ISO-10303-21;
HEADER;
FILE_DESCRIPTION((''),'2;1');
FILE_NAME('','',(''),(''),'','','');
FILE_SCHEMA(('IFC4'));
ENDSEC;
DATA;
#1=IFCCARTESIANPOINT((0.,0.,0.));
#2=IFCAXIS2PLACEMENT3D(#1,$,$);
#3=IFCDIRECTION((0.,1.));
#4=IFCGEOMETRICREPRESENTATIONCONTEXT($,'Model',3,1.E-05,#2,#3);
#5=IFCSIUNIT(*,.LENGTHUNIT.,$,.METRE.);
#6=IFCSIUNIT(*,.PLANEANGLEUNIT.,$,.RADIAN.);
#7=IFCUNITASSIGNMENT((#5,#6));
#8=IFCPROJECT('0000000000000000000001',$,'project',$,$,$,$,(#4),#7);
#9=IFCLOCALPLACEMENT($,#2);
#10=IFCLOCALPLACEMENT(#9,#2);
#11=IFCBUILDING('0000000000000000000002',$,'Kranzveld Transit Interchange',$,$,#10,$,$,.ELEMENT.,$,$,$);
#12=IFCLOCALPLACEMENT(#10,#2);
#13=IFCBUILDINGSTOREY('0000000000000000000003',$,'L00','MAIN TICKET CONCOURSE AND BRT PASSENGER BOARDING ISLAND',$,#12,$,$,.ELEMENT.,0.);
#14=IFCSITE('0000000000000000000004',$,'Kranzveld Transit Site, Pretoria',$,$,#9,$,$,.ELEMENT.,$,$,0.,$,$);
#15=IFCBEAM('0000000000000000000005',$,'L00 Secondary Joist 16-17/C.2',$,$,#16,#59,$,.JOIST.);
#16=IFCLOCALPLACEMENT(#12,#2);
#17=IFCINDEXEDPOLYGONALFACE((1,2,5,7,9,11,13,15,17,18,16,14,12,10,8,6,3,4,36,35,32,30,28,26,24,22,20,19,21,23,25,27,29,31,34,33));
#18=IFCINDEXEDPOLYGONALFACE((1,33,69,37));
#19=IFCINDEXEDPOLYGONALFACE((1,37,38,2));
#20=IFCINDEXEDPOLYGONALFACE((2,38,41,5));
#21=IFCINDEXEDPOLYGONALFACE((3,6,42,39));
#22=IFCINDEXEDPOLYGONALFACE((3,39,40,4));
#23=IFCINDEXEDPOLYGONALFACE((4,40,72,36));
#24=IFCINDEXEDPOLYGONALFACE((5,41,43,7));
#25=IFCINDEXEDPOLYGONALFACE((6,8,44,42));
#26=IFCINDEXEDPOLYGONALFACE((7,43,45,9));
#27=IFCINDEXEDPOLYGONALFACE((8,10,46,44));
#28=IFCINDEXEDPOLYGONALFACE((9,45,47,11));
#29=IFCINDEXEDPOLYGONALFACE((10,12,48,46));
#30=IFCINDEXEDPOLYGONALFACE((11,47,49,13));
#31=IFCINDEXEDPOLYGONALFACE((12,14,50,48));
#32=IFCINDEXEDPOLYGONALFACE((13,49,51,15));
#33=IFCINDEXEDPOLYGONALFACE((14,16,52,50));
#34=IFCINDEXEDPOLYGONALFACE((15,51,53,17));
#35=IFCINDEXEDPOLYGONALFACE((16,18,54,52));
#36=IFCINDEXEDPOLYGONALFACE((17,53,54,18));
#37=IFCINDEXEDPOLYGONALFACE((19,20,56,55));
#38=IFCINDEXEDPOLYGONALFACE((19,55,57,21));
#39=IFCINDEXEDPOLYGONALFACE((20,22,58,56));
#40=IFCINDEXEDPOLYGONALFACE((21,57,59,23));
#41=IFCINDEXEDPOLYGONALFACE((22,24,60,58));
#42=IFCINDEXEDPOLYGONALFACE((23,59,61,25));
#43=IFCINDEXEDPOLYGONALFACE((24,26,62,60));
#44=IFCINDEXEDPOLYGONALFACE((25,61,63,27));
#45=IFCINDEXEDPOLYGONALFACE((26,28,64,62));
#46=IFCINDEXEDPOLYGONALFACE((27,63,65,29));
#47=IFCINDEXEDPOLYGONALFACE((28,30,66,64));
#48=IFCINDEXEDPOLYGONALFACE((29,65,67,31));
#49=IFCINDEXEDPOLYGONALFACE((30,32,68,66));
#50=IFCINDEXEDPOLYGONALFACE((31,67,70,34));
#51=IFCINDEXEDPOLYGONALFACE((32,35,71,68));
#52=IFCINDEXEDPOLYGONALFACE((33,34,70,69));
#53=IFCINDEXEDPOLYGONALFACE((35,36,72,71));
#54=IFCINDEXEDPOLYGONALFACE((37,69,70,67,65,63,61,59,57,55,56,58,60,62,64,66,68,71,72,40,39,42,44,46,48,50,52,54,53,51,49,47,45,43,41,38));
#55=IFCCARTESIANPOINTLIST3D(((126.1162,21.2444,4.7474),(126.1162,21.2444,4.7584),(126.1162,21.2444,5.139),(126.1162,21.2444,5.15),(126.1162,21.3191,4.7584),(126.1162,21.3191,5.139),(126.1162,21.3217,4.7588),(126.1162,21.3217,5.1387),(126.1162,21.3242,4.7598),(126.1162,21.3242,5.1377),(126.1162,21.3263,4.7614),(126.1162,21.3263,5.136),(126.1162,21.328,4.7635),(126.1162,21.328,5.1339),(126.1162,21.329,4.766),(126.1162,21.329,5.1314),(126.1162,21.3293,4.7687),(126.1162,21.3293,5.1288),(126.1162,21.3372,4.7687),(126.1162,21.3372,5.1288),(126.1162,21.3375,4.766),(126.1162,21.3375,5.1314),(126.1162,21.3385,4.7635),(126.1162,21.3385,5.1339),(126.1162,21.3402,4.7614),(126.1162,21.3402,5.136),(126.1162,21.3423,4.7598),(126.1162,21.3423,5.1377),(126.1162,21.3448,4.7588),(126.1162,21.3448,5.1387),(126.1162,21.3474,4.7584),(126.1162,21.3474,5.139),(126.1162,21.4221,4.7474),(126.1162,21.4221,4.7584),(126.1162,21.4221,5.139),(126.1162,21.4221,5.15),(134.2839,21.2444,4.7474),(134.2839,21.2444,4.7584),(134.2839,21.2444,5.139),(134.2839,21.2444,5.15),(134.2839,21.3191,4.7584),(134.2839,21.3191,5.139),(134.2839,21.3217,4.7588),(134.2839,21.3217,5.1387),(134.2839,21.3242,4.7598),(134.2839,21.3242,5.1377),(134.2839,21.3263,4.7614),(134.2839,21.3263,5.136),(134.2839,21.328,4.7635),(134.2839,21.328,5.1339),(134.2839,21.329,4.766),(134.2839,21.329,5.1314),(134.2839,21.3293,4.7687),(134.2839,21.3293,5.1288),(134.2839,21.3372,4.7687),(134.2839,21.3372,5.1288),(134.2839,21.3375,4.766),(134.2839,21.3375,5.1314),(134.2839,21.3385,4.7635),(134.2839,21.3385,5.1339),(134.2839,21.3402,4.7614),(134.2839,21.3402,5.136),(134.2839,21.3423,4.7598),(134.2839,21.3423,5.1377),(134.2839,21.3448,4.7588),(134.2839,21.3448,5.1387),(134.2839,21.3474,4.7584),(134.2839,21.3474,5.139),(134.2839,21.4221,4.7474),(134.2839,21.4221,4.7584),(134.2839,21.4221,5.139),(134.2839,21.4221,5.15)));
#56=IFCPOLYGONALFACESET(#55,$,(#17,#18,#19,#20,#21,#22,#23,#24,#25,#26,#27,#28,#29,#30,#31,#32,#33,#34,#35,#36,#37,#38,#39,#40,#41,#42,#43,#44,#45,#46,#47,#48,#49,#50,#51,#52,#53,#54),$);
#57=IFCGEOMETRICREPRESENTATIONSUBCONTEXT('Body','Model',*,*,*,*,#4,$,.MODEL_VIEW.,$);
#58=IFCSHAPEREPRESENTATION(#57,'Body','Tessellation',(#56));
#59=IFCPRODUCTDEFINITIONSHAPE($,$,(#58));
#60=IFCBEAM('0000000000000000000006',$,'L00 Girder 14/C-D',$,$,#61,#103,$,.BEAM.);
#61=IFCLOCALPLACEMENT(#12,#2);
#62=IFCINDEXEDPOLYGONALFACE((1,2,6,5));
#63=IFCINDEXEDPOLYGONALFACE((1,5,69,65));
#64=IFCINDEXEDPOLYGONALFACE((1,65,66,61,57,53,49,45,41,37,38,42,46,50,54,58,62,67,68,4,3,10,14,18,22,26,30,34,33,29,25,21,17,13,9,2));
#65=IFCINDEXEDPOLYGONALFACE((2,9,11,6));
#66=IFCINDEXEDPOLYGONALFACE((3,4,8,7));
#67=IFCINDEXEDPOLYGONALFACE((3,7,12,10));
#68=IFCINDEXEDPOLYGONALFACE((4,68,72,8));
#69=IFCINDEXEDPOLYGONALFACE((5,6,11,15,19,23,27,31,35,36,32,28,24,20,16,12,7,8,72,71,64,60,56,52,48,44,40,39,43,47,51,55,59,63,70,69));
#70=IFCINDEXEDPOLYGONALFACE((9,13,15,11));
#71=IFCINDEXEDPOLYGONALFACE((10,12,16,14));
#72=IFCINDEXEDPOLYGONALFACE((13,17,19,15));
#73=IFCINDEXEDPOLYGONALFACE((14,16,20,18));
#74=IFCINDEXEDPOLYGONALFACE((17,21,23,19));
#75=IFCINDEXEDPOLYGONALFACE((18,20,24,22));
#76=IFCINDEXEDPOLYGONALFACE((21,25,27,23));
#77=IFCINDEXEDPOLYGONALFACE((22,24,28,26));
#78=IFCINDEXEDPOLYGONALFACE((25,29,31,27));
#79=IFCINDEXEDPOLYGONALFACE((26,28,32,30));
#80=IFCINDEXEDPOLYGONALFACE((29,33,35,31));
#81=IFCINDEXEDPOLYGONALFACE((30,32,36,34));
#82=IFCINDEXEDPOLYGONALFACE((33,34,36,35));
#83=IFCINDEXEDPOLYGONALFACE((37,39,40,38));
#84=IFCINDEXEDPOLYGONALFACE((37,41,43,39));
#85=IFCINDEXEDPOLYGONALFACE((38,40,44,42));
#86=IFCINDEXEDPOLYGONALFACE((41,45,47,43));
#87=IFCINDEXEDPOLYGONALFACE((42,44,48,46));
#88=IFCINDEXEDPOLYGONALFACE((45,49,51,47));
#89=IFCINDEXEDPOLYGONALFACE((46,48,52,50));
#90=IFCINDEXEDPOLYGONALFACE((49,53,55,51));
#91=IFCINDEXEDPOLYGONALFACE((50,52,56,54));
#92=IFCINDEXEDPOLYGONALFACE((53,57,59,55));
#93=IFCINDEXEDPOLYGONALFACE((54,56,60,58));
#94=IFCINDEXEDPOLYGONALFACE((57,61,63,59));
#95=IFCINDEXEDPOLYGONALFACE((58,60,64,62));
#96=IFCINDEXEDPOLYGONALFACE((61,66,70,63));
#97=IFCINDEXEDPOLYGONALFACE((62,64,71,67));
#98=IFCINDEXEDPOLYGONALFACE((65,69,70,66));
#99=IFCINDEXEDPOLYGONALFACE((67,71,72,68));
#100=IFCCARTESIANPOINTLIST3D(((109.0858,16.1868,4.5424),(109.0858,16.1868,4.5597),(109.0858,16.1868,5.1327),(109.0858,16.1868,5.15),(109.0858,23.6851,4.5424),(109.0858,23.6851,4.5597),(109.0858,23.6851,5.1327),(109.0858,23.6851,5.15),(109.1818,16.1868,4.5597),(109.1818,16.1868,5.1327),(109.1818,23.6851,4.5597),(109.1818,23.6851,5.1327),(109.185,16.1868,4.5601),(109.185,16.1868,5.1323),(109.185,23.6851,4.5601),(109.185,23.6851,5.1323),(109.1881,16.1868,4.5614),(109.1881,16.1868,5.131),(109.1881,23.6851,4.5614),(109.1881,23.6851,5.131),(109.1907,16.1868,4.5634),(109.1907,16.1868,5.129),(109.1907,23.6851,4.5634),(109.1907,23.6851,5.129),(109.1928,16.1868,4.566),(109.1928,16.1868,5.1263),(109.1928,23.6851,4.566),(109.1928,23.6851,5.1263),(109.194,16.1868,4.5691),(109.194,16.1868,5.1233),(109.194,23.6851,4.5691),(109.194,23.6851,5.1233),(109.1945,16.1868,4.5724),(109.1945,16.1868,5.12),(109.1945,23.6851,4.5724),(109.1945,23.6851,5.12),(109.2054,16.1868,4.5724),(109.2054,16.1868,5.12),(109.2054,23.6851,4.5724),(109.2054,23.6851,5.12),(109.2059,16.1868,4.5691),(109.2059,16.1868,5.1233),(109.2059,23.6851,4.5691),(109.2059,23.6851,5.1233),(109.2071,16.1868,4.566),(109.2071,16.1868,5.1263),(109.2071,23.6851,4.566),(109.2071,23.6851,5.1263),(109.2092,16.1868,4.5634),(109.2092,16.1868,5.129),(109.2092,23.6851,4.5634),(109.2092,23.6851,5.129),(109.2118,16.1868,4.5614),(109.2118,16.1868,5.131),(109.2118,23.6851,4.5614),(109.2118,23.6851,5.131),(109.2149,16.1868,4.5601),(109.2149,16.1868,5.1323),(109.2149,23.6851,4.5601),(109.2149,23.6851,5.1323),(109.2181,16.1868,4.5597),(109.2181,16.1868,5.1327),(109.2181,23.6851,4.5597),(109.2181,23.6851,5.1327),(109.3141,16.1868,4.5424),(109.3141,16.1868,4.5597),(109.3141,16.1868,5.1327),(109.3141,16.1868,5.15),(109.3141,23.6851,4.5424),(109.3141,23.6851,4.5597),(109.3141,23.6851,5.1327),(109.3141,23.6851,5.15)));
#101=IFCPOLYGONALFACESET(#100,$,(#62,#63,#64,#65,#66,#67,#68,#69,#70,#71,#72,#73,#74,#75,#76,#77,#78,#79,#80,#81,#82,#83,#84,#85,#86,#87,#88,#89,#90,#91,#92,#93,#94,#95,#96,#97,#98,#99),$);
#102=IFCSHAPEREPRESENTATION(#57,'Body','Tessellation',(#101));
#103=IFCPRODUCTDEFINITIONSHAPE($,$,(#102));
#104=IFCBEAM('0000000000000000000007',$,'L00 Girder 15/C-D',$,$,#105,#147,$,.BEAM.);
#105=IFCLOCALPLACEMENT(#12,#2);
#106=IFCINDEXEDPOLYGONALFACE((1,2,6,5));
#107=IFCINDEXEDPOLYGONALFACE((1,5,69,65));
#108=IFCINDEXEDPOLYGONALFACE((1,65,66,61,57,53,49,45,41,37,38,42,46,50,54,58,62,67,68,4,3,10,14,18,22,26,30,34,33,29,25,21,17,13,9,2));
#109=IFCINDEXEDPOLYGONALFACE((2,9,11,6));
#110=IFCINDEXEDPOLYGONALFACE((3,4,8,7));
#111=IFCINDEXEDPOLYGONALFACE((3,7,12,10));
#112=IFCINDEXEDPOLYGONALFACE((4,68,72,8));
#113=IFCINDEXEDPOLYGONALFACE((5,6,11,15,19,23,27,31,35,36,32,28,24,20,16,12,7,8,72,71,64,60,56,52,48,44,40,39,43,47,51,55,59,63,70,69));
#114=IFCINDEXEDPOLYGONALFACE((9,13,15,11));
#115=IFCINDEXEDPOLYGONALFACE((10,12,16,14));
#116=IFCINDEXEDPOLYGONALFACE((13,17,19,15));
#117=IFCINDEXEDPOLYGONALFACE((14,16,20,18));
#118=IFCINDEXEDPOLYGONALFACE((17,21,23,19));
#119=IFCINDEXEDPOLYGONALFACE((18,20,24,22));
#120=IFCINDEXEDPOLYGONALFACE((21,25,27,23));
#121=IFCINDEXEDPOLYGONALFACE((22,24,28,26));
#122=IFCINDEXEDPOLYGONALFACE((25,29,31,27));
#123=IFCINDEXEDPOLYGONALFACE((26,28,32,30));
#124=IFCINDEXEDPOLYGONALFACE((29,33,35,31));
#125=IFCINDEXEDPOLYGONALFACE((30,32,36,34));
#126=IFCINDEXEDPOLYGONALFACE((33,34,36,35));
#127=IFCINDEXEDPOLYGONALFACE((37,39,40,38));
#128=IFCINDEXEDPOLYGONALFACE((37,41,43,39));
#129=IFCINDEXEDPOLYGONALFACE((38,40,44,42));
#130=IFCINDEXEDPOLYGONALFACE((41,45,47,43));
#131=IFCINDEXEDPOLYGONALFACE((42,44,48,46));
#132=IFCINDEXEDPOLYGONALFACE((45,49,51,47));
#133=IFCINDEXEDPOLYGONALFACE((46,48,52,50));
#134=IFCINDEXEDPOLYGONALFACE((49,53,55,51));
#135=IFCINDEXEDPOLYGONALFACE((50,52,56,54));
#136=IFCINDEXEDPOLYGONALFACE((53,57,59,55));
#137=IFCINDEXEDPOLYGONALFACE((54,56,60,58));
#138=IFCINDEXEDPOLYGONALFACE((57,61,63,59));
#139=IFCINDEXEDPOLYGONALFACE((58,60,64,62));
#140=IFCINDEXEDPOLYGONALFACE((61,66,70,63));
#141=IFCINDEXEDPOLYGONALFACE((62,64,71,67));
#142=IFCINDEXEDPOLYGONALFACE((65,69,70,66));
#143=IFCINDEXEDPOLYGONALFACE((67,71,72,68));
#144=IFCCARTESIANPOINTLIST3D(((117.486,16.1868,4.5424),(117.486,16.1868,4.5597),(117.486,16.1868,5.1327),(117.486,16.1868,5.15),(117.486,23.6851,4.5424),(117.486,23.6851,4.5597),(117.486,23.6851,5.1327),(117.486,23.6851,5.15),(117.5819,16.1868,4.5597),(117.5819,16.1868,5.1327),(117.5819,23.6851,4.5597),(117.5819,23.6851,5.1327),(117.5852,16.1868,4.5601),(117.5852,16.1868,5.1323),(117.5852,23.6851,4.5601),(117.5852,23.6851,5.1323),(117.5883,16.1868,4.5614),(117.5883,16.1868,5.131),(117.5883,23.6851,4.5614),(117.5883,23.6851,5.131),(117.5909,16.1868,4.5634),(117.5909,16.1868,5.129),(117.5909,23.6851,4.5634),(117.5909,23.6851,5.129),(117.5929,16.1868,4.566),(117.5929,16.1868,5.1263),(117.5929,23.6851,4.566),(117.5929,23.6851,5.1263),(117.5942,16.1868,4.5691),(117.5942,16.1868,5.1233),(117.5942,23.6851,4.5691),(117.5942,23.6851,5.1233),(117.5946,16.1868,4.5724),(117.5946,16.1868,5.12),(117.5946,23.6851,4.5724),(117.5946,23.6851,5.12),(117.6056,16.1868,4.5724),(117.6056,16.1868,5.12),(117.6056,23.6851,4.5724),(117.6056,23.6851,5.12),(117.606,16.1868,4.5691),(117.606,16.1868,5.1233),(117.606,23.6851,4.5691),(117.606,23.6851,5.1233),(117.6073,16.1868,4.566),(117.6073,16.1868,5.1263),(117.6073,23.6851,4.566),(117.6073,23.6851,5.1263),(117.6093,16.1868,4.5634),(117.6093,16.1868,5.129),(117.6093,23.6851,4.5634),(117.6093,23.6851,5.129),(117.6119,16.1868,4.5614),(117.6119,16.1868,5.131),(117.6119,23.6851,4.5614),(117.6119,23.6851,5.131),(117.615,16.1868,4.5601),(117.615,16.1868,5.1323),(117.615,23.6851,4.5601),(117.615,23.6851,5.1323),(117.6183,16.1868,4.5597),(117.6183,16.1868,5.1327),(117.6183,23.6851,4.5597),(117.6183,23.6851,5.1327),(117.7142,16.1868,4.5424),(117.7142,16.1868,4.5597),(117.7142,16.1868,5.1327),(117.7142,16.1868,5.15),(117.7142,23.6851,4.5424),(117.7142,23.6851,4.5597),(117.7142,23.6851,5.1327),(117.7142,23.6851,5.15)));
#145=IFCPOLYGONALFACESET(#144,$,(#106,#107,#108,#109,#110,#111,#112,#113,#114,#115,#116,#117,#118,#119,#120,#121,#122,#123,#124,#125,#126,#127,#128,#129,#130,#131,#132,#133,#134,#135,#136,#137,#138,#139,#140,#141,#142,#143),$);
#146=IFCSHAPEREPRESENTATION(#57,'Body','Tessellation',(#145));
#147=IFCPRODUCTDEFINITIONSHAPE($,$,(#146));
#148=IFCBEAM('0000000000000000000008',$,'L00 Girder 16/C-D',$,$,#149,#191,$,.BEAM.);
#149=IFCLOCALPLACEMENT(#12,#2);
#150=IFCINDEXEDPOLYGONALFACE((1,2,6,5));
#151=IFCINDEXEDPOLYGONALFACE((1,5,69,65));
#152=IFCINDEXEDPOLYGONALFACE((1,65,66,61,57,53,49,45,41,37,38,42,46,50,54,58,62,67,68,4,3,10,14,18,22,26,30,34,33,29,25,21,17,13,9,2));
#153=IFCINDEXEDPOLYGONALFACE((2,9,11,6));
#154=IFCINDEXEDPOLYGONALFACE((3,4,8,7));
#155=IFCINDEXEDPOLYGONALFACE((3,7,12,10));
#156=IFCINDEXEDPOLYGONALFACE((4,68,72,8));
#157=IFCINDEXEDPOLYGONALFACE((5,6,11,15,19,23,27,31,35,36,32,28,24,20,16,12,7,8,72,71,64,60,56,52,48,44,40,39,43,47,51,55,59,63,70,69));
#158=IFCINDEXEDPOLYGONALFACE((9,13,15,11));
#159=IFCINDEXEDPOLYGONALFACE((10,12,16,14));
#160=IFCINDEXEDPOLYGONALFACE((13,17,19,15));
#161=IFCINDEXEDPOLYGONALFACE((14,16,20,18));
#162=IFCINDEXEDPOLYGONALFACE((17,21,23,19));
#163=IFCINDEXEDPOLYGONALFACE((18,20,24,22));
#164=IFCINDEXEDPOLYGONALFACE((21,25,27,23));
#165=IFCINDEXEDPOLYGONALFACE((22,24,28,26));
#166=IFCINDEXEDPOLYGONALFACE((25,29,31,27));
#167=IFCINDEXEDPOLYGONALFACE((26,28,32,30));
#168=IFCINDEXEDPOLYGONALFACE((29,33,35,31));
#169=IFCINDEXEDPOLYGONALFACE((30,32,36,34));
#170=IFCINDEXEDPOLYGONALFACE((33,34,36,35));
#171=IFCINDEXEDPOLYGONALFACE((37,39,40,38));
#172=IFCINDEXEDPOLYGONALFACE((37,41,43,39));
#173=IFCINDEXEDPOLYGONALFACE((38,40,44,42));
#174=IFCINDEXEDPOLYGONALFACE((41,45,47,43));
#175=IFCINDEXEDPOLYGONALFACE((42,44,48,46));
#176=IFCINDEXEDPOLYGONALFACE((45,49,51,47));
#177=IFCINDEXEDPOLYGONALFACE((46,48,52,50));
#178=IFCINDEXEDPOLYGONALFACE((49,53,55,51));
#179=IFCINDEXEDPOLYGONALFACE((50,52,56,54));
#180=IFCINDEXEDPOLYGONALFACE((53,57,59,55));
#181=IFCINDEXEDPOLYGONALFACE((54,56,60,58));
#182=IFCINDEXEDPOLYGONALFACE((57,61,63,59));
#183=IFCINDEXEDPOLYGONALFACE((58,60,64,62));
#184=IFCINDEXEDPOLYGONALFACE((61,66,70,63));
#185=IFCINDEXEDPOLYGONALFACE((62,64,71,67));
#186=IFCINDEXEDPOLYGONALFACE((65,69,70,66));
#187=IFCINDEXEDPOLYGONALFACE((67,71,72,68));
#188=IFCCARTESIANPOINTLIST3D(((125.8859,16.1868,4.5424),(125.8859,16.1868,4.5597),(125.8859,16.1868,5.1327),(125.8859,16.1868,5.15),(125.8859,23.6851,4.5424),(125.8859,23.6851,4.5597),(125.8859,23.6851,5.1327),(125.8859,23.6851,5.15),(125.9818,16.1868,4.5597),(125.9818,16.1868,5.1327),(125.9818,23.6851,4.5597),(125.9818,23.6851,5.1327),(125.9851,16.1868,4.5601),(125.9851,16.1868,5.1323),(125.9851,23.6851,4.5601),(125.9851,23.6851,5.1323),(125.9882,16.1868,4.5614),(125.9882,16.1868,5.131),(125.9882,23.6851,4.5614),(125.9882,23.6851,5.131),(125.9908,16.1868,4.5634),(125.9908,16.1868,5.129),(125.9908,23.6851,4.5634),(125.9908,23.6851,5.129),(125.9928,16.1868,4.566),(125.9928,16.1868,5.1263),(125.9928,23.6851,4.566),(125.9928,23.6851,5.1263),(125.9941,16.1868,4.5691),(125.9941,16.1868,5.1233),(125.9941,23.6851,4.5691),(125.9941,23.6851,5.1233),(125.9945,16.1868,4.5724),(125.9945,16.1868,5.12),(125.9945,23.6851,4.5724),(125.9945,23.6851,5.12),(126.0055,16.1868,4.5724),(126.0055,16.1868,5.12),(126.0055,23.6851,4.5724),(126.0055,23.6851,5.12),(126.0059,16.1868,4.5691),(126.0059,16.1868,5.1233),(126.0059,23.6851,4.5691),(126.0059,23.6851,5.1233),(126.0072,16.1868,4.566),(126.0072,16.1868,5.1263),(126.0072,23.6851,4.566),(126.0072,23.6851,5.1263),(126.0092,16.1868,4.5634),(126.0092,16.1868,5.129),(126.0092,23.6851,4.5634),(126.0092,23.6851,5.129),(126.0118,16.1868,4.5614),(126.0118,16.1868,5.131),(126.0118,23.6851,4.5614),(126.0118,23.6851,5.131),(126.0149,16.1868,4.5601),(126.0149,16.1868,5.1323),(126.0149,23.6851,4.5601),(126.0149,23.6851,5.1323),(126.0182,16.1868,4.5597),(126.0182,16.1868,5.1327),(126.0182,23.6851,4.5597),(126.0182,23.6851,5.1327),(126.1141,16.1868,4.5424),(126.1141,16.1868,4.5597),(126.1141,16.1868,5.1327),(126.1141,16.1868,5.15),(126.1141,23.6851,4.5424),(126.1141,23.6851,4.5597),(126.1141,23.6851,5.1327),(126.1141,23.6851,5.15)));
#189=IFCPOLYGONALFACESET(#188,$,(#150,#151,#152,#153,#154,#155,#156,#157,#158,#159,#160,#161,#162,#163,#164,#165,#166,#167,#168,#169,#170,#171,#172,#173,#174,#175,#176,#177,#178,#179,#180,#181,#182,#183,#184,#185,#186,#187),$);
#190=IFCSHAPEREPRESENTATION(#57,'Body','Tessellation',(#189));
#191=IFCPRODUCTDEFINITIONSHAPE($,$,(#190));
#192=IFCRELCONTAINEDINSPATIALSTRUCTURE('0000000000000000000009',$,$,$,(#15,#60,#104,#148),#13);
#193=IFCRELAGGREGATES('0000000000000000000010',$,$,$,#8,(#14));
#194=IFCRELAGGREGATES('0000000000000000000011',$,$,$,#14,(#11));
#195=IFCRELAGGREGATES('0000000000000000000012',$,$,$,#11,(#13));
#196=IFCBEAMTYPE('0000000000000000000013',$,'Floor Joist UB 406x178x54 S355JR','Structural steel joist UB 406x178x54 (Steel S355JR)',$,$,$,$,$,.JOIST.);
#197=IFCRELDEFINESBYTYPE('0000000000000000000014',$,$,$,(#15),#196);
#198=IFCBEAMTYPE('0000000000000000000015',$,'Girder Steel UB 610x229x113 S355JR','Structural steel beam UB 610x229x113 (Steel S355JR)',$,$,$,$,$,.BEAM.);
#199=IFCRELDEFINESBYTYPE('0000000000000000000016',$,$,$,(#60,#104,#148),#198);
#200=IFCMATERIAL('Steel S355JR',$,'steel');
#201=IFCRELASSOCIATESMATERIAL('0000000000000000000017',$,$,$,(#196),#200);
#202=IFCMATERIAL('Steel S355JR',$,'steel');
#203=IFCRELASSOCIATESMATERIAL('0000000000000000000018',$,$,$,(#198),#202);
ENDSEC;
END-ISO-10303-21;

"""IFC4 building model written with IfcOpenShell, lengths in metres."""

from ifc_helpers import new_model, si_unit, direction, frame, origin, origin_2d, place, context, subcontext, project, spatial, i_section, extrude, material, material_profile, profile_set, type_object, element, save


model = new_model("IFC4")

# Units and contexts
model_context = context("Model", 3, precision=1e-05, world=origin(), true_north=direction((0.0, 1.0)))
body_context = subcontext(model_context, "Body", "Model", "MODEL_VIEW")
ifc_project = project(units=[si_unit("LENGTHUNIT", "METRE"), si_unit("PLANEANGLEUNIT", "RADIAN")], contexts=[model_context])

# Site, building, storey
site_placement = place(None, origin())
site = spatial("IfcSite", under=ifc_project, at=site_placement, Name="Kranzveld Transit Site, Pretoria", CompositionType="ELEMENT", RefElevation=0.0)
building_placement = place(site_placement, origin())
building = spatial("IfcBuilding", under=site, at=building_placement, Name="Kranzveld Transit Interchange", CompositionType="ELEMENT")
storey_placement = place(building_placement, origin())
storey = spatial("IfcBuildingStorey", under=building, at=storey_placement, Name="L00", Description="MAIN TICKET CONCOURSE AND BRT PASSENGER BOARDING ISLAND", CompositionType="ELEMENT", Elevation=0.0)

# Beams
ifc_material_1 = material(Name="Steel S355JR", Category="steel")
ifc_material_profile_1 = material_profile(ifc_material_1, i_section(OverallWidth=0.1777, OverallDepth=0.4026, WebThickness=0.0078, FlangeThickness=0.011, FilletRadius=0.0103, at=origin_2d()), Name="UB 406x178x54")
ifc_profile_set_1 = profile_set([ifc_material_profile_1], Name="Steel S355JR")
beam_type_1 = type_object("IfcBeamType", Name="Floor Joist UB 406x178x54 S355JR", Description="Structural steel joist UB 406x178x54 (Steel S355JR)", PredefinedType="JOIST", material=ifc_profile_set_1)
for number, where, z_axis, x_axis, name in (
    (1, (126.1162, 21.3333, 4.9487), (1.0, 0.0, 0.0), (0.0, 1.0, 0.0), "L00 Secondary Joist 16-17/C.2"),
):
    element("IfcBeam", number, at=place(storey_placement, frame(where, z_axis=z_axis, x_axis=x_axis)), inside=storey, type_object=beam_type_1, Name=name, PredefinedType="JOIST", context=body_context, shape_type="SweptSolid", body=[
        extrude(i_section(OverallWidth=0.1777, OverallDepth=0.4026, WebThickness=0.0078, FlangeThickness=0.011, FilletRadius=0.0103, at=origin_2d()), origin(), (0.0, 0.0, 1.0), 8.1677),
    ])
ifc_material_2 = material(Name="Steel S355JR", Category="steel")
ifc_material_profile_2 = material_profile(ifc_material_2, i_section(OverallWidth=0.2283, OverallDepth=0.6077, WebThickness=0.011, FlangeThickness=0.0173, FilletRadius=0.0127, at=origin_2d()), Name="UB 610x229x113")
ifc_profile_set_2 = profile_set([ifc_material_profile_2], Name="Steel S355JR")
beam_type_2 = type_object("IfcBeamType", Name="Girder Steel UB 610x229x113 S355JR", Description="Structural steel beam UB 610x229x113 (Steel S355JR)", PredefinedType="BEAM", material=ifc_profile_set_2)
for number, where, z_axis, x_axis, name in (
    (2, (109.2, 16.1868, 4.8462), (0.0, 1.0, 0.0), (-1.0, 0.0, 0.0), "L00 Girder 14/C-D"),
    (3, (117.6001, 16.1868, 4.8462), (0.0, 1.0, 0.0), (-1.0, 0.0, 0.0), "L00 Girder 15/C-D"),
    (4, (126.0, 16.1868, 4.8462), (0.0, 1.0, 0.0), (-1.0, 0.0, 0.0), "L00 Girder 16/C-D"),
):
    element("IfcBeam", number, at=place(storey_placement, frame(where, z_axis=z_axis, x_axis=x_axis)), inside=storey, type_object=beam_type_2, Name=name, PredefinedType="BEAM", context=body_context, shape_type="SweptSolid", body=[
        extrude(i_section(OverallWidth=0.2283, OverallDepth=0.6077, WebThickness=0.011, FlangeThickness=0.0173, FilletRadius=0.0127, at=origin_2d()), origin(), (0.0, 0.0, 1.0), 7.4983),
    ])

save(model, "model.ifc")
